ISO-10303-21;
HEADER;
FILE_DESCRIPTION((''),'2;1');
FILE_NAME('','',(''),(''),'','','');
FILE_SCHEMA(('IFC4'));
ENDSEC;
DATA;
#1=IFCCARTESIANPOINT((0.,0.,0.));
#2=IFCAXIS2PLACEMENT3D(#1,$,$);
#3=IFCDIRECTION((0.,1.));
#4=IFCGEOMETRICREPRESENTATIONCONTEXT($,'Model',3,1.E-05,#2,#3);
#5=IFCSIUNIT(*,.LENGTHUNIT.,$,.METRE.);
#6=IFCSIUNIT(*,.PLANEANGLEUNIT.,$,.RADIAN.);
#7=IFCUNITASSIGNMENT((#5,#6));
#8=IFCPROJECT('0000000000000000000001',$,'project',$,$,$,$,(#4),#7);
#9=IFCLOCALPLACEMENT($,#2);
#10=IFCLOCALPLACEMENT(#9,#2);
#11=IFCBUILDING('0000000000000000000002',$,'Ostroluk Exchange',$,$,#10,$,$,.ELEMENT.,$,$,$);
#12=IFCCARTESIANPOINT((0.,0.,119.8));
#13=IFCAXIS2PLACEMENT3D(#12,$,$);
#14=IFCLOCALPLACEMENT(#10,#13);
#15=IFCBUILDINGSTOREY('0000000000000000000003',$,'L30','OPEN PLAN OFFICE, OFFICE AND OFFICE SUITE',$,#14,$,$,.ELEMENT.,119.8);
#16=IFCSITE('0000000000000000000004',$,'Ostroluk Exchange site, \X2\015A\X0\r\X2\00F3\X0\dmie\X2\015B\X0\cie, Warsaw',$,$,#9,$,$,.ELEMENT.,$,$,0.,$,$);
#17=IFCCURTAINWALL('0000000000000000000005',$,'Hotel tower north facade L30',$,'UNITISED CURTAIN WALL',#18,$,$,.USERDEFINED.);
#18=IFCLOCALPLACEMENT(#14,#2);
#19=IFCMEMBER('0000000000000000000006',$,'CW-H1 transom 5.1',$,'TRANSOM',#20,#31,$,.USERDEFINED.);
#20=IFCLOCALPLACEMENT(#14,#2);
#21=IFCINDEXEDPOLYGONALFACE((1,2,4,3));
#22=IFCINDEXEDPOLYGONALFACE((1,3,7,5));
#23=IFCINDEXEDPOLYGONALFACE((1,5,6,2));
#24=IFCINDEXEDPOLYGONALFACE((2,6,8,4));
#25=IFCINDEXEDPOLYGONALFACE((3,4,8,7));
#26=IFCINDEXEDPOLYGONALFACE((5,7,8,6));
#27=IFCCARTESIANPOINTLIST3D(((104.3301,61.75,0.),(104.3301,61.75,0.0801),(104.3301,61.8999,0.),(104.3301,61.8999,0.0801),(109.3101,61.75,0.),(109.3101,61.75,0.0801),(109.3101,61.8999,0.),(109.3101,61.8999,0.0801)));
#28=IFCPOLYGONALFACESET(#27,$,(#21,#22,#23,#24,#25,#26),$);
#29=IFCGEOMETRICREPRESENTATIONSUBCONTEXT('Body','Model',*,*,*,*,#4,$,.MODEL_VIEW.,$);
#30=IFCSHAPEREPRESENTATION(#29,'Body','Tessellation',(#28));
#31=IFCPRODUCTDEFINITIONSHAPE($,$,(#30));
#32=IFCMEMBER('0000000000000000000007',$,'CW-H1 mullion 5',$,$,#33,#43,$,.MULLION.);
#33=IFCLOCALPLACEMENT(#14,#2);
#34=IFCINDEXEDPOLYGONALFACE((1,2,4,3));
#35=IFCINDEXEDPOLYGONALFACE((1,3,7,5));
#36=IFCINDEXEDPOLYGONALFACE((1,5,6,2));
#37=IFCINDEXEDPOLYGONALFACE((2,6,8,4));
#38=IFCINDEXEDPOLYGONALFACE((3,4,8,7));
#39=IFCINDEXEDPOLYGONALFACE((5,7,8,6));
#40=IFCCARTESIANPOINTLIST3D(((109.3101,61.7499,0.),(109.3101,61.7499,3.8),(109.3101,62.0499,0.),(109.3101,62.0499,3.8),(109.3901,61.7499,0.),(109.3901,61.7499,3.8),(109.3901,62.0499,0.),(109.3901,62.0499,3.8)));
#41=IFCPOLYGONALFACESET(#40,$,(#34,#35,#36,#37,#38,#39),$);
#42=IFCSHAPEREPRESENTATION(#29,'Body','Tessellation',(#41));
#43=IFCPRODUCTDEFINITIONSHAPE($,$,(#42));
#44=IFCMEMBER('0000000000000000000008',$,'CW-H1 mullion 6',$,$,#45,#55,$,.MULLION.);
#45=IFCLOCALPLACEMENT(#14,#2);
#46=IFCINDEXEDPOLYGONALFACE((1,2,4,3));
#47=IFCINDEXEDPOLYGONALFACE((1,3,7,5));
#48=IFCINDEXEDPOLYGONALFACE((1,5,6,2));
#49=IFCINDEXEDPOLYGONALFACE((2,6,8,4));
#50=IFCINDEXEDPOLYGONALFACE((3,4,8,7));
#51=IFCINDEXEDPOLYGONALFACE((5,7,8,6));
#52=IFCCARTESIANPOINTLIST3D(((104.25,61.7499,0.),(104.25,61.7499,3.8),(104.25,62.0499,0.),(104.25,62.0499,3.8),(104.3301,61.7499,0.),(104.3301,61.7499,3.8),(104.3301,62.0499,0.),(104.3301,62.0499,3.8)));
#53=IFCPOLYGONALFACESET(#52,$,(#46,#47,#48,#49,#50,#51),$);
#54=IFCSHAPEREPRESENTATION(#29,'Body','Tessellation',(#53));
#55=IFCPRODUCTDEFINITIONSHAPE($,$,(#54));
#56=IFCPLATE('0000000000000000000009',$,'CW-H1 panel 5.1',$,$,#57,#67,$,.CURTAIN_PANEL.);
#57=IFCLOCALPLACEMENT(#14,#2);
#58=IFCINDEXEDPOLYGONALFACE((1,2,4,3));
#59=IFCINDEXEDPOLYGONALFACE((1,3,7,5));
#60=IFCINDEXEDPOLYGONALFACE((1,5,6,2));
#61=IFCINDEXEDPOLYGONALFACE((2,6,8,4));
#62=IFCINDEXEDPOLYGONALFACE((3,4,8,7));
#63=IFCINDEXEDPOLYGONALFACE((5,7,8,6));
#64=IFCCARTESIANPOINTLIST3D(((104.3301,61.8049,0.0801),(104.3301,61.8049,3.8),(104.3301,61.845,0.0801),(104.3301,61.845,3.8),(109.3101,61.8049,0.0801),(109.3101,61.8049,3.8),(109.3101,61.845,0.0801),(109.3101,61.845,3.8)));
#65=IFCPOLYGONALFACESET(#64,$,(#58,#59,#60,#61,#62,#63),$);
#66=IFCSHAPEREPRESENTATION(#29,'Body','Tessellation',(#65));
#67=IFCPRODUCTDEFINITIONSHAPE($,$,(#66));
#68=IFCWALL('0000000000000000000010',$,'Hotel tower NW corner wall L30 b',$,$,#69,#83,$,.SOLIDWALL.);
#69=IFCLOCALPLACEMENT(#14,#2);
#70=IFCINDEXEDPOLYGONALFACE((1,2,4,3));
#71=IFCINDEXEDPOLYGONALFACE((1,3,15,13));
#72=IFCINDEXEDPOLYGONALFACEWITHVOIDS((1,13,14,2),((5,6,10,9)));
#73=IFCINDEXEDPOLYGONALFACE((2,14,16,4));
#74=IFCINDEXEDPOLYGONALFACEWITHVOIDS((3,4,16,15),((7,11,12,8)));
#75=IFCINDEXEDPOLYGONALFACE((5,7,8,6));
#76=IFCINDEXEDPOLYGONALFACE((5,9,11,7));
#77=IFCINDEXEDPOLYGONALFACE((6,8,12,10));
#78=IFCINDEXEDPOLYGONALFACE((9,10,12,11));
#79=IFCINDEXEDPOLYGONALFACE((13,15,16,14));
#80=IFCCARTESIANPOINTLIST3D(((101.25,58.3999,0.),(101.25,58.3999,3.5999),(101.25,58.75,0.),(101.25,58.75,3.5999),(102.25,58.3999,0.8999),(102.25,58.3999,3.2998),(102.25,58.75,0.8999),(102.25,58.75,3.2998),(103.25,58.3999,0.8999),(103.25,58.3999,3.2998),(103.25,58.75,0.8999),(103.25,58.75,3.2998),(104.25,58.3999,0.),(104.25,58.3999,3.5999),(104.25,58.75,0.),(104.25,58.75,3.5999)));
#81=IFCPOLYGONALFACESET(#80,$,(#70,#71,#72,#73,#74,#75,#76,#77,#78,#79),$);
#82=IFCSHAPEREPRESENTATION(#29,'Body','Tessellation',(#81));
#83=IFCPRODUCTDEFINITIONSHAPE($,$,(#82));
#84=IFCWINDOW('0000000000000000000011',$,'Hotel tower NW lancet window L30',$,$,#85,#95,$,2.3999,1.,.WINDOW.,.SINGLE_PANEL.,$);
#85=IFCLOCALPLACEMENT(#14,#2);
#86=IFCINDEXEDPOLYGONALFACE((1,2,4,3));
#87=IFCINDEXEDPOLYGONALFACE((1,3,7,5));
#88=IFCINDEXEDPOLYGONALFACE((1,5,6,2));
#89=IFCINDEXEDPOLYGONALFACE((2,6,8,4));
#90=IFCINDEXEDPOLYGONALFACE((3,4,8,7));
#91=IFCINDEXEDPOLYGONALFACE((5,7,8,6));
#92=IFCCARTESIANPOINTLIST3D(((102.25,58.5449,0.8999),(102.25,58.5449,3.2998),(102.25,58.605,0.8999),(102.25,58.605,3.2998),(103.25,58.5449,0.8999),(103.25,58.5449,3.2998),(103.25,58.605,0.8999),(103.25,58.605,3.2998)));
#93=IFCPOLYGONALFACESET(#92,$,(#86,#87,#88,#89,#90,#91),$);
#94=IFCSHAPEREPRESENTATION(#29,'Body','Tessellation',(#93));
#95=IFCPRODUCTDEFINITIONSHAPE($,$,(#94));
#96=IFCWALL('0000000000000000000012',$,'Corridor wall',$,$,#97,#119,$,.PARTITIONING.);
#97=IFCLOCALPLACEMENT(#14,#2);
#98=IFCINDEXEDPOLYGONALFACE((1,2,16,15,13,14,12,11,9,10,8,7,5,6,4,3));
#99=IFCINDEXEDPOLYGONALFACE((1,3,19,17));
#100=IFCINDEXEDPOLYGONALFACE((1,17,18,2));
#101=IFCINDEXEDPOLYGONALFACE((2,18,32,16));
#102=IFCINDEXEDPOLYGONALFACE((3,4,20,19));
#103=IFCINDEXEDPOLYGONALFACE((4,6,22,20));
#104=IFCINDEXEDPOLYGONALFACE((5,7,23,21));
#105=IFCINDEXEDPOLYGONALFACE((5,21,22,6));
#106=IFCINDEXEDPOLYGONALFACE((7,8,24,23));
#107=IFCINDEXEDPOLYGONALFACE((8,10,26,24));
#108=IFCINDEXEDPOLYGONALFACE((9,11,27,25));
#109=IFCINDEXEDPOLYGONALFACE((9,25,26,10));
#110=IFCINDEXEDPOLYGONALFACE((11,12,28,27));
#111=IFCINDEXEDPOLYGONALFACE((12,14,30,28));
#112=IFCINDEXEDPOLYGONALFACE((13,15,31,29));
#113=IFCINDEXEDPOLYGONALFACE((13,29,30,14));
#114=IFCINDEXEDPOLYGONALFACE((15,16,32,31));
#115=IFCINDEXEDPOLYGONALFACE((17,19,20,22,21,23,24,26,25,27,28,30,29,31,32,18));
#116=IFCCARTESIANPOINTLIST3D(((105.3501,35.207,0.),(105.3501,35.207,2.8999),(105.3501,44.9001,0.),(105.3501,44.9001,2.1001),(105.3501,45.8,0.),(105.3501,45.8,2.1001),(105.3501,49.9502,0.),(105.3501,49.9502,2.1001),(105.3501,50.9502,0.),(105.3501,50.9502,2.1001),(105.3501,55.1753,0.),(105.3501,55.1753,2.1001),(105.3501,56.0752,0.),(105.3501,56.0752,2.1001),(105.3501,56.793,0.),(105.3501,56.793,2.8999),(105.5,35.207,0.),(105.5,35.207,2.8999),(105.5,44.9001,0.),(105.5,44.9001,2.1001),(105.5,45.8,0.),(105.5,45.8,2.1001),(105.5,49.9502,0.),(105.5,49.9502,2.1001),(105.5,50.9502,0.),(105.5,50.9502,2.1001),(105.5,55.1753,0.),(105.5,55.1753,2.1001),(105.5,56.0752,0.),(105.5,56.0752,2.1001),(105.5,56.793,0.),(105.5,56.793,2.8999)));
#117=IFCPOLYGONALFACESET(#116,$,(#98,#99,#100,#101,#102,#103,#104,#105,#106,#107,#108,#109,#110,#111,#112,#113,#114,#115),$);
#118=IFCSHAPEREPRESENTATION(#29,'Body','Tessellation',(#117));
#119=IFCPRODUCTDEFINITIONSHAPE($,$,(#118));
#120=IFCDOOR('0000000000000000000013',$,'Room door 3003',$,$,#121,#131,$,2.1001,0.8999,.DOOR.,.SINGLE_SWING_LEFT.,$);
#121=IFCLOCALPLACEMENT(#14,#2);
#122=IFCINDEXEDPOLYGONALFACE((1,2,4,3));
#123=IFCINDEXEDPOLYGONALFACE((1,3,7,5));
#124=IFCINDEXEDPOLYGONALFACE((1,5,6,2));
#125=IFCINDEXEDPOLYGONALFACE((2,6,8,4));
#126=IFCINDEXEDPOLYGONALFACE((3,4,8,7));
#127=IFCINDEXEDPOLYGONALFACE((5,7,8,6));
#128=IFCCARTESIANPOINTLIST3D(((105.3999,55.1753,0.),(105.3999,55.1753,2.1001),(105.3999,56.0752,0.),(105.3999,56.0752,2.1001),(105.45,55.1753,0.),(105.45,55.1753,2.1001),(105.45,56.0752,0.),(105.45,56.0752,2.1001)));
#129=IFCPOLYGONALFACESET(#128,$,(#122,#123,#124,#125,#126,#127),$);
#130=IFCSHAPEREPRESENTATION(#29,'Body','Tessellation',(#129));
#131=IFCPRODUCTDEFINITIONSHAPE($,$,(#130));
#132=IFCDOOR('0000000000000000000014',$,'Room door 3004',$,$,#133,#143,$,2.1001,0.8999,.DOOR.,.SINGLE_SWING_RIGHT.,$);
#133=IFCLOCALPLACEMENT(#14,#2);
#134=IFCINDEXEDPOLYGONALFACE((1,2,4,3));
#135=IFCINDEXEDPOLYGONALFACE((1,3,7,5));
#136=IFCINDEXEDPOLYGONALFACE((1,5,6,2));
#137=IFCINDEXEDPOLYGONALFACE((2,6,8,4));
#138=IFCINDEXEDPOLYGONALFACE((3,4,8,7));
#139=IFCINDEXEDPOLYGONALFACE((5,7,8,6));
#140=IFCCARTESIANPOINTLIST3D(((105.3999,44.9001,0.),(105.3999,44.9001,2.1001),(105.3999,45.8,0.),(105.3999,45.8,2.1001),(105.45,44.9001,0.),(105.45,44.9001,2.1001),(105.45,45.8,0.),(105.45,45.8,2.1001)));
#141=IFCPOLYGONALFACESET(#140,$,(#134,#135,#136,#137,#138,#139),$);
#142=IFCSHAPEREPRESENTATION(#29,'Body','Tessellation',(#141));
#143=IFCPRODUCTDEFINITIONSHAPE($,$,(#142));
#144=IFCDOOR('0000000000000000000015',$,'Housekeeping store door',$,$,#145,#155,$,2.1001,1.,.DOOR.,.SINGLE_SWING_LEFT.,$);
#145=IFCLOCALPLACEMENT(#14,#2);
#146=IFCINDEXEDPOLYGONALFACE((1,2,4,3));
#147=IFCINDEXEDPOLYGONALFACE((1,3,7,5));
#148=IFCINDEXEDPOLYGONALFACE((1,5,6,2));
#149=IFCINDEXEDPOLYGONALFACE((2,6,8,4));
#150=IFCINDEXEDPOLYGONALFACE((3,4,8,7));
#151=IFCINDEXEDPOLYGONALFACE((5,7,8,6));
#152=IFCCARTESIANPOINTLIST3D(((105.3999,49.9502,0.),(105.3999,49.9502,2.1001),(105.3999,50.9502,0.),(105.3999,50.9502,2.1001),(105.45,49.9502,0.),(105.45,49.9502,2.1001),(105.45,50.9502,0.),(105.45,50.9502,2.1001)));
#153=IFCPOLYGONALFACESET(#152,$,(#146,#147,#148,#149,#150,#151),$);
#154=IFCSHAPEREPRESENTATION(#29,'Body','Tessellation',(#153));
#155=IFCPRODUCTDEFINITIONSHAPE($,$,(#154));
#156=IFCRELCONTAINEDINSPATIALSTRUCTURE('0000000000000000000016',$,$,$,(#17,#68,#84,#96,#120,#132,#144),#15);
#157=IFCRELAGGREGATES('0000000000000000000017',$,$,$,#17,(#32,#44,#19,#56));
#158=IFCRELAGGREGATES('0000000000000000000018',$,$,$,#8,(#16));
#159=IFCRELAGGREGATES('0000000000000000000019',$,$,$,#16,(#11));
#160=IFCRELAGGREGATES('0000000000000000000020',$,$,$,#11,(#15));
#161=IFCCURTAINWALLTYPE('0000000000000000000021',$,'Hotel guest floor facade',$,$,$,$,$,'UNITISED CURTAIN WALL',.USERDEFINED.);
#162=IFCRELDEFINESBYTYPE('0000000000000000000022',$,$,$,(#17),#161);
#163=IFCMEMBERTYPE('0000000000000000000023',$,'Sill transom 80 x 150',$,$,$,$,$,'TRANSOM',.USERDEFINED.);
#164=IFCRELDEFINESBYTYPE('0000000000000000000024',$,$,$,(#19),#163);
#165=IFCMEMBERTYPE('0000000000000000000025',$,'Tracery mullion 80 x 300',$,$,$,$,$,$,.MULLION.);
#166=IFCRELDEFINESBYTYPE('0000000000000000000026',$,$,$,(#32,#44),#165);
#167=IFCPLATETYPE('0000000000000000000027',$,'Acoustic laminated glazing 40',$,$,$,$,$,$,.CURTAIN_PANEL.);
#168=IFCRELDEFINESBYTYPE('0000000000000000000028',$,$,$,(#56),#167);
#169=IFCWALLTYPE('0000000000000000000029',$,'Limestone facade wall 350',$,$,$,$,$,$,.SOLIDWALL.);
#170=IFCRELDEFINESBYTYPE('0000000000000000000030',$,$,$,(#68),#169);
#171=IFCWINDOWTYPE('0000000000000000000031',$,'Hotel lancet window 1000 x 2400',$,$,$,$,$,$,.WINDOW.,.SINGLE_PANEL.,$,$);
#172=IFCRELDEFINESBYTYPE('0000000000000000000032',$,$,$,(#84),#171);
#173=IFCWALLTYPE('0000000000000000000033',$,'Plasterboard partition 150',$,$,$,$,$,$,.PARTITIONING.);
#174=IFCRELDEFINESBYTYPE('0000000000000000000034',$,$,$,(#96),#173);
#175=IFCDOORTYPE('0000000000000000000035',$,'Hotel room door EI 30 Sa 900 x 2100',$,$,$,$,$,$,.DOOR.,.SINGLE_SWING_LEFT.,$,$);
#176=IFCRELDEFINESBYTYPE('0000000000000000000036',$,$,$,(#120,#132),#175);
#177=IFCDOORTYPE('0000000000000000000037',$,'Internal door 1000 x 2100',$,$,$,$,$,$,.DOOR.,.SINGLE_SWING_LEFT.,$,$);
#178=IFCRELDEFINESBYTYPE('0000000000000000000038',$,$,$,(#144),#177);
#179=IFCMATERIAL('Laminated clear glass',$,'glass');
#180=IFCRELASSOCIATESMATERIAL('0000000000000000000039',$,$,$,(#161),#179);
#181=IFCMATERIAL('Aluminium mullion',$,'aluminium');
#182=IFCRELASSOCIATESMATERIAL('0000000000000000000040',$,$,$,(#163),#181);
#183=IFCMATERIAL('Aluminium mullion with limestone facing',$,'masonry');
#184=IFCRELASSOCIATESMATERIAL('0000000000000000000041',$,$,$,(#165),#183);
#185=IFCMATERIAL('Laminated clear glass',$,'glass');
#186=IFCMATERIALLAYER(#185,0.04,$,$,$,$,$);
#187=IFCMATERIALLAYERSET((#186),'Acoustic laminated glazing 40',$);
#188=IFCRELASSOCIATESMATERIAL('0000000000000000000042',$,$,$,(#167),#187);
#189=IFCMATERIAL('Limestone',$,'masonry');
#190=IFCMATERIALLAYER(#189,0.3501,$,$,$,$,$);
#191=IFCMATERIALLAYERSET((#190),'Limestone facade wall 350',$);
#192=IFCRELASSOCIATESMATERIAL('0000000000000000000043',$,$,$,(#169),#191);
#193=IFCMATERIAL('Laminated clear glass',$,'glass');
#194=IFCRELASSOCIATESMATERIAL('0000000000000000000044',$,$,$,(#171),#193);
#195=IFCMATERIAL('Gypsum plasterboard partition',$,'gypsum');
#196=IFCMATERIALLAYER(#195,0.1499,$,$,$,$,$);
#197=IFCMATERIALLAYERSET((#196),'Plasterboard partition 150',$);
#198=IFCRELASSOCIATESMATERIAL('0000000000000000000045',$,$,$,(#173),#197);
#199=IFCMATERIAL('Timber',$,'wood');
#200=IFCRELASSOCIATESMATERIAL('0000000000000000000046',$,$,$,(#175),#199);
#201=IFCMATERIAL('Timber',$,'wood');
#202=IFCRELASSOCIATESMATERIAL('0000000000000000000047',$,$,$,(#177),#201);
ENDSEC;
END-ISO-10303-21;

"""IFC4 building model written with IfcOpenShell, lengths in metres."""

from ifc_helpers import new_model, si_unit, direction, frame, frame_2d, origin, origin_2d, place, context, subcontext, project, spatial, rectangle, extrude, material, layer, layer_set, material_profile, profile_set, type_object, element, fill, aggregate, save


model = new_model("IFC4")

# Units and contexts
model_context = context("Model", 3, precision=1e-05, world=origin(), true_north=direction((0.0, 1.0)))
body_context = subcontext(model_context, "Body", "Model", "MODEL_VIEW")
ifc_project = project(units=[si_unit("LENGTHUNIT", "METRE"), si_unit("PLANEANGLEUNIT", "RADIAN")], contexts=[model_context])

# Site, building, storey
site_placement = place(None, origin())
site = spatial("IfcSite", under=ifc_project, at=site_placement, Name="Ostroluk Exchange site, Śródmieście, Warsaw", CompositionType="ELEMENT", RefElevation=0.0)
building_placement = place(site_placement, origin())
building = spatial("IfcBuilding", under=site, at=building_placement, Name="Ostroluk Exchange", CompositionType="ELEMENT")
storey_placement = place(building_placement, frame((0.0, 0.0, 119.8)))
storey = spatial("IfcBuildingStorey", under=building, at=storey_placement, Name="L30", Description="OPEN PLAN OFFICE, OFFICE AND OFFICE SUITE", CompositionType="ELEMENT", Elevation=119.8)

# Curtain wall, members, plate
ifc_material_1 = material(Name="Laminated clear glass", Category="glass")
curtain_wall_type = type_object("IfcCurtainWallType", Name="Hotel guest floor facade", ElementType="UNITISED CURTAIN WALL", PredefinedType="USERDEFINED", material=ifc_material_1)
curtain_wall_placement = place(storey_placement, origin())
curtain_wall = element("IfcCurtainWall", 1, at=curtain_wall_placement, inside=storey, type_object=curtain_wall_type, Name="Hotel tower north facade L30", ObjectType="UNITISED CURTAIN WALL", PredefinedType="USERDEFINED")
ifc_material_2 = material(Name="Aluminium mullion", Category="aluminium")
ifc_material_profile_1 = material_profile(ifc_material_2, rectangle(XDim=0.1499, YDim=0.0801, at=origin_2d()), Name="Sill transom 80 x 150")
ifc_profile_set_1 = profile_set([ifc_material_profile_1], Name="Aluminium mullion")
member_type_1 = type_object("IfcMemberType", Name="Sill transom 80 x 150", ElementType="TRANSOM", PredefinedType="USERDEFINED", material=ifc_profile_set_1)
member_1_placement = place(storey_placement, frame((109.3101, 61.825, 0.04), z_axis=(-1.0, 0.0, 0.0), x_axis=(0.0, -1.0, 0.0)))
member_1 = element("IfcMember", 2, at=member_1_placement, type_object=member_type_1, Name="CW-H1 transom 5.1", ObjectType="TRANSOM", PredefinedType="USERDEFINED", context=body_context, shape_type="SweptSolid", body=[
    extrude(rectangle(XDim=0.1499, YDim=0.0801, at=origin_2d()), origin(), (0.0, 0.0, 1.0), 4.98),
])
ifc_material_3 = material(Name="Aluminium mullion with limestone facing", Category="masonry")
ifc_material_profile_2 = material_profile(ifc_material_3, rectangle(XDim=0.3, YDim=0.0801, at=origin_2d()), Name="Tracery mullion 80 x 300")
ifc_profile_set_2 = profile_set([ifc_material_profile_2], Name="Aluminium mullion with limestone facing")
member_type_2 = type_object("IfcMemberType", Name="Tracery mullion 80 x 300", PredefinedType="MULLION", material=ifc_profile_set_2)
member_2_placement = place(storey_placement, frame((109.3501, 61.8999, 0.0), z_axis=(0.0, 0.0, 1.0), x_axis=(0.0, -1.0, 0.0)))
member_2 = element("IfcMember", 3, at=member_2_placement, type_object=member_type_2, Name="CW-H1 mullion 5", PredefinedType="MULLION", context=body_context, shape_type="SweptSolid", body=[
    extrude(rectangle(XDim=0.3, YDim=0.0801, at=origin_2d()), origin(), (0.0, 0.0, 1.0), 3.8),
])
member_3_placement = place(storey_placement, frame((104.29, 61.8999, 0.0), z_axis=(0.0, 0.0, 1.0), x_axis=(0.0, -1.0, 0.0)))
member_3 = element("IfcMember", 4, at=member_3_placement, type_object=member_type_2, Name="CW-H1 mullion 6", PredefinedType="MULLION", context=body_context, shape_type="SweptSolid", body=[
    extrude(rectangle(XDim=0.3, YDim=0.0801, at=origin_2d()), origin(), (0.0, 0.0, 1.0), 3.8),
])
ifc_material_4 = material(Name="Laminated clear glass", Category="glass")
ifc_layer_1 = layer(ifc_material_4, 0.04)
ifc_layer_set_1 = layer_set([ifc_layer_1], Name="Acoustic laminated glazing 40")
plate_type = type_object("IfcPlateType", Name="Acoustic laminated glazing 40", PredefinedType="CURTAIN_PANEL", material=ifc_layer_set_1)
plate_placement = place(storey_placement, frame((106.8201, 61.825, 0.0801), z_axis=(0.0, 0.0, 1.0), x_axis=(-1.0, 0.0, 0.0)))
plate = element("IfcPlate", 5, at=plate_placement, type_object=plate_type, Name="CW-H1 panel 5.1", PredefinedType="CURTAIN_PANEL", context=body_context, shape_type="SweptSolid", body=[
    extrude(rectangle(XDim=4.98, YDim=0.04, at=origin_2d()), origin(), (0.0, 0.0, 1.0), 3.72),
])
aggregate(curtain_wall, [member_2, member_3, member_1, plate])

# Shared definitions
ifc_material_5 = material(Name="Limestone", Category="masonry")
ifc_layer_2 = layer(ifc_material_5, 0.3501)
ifc_layer_set_2 = layer_set([ifc_layer_2], Name="Limestone facade wall 350")
wall_type_1 = type_object("IfcWallType", Name="Limestone facade wall 350", PredefinedType="SOLIDWALL", material=ifc_layer_set_2)

# Wall, opening, window
wall_1_placement = place(storey_placement, frame((104.25, 58.575, 0.0), z_axis=(0.0, 0.0, 1.0), x_axis=(-1.0, 0.0, 0.0)))
wall_1 = element("IfcWall", 6, at=wall_1_placement, inside=storey, type_object=wall_type_1, Name="Hotel tower NW corner wall L30 b", PredefinedType="SOLIDWALL", context=body_context, shape_type="SweptSolid", body=[
    extrude(rectangle(XDim=3.0, YDim=0.3501, at=frame_2d((1.5, 0.0))), origin(), (0.0, 0.0, 1.0), 3.5999),
])
opening_1_placement = place(wall_1_placement, frame((1.0, 0.0, 0.8999)))
opening_1 = element("IfcOpeningElement", 7, at=opening_1_placement, cuts=wall_1, PredefinedType="OPENING", context=body_context, shape_type="SweptSolid", body=[
    extrude(rectangle(XDim=1.0, YDim=2.3999, at=frame_2d((0.5, 1.2))), frame((0.0, 0.1851, 0.0), z_axis=(0.0, -1.0, 0.0), x_axis=(1.0, 0.0, 0.0)), (0.0, 0.0, 1.0), 0.3701),
])
ifc_material_6 = material(Name="Laminated clear glass", Category="glass")
window_type = type_object("IfcWindowType", Name="Hotel lancet window 1000 x 2400", PartitioningType="SINGLE_PANEL", PredefinedType="WINDOW", material=ifc_material_6)
window_placement = place(opening_1_placement, origin())
window = element("IfcWindow", 8, at=window_placement, inside=storey, type_object=window_type, Name="Hotel tower NW lancet window L30", OverallHeight=2.3999, OverallWidth=1.0, PartitioningType="SINGLE_PANEL", PredefinedType="WINDOW", context=body_context, shape_type="SweptSolid", body=[
    extrude(rectangle(XDim=1.0, YDim=2.3999, at=frame_2d((0.5, 1.2))), frame((0.0, 0.03, 0.0), z_axis=(0.0, -1.0, 0.0), x_axis=(1.0, 0.0, 0.0)), (0.0, 0.0, 1.0), 0.0601),
])
fill(opening_1, window)

# Wall, openings, doors
ifc_material_7 = material(Name="Gypsum plasterboard partition", Category="gypsum")
ifc_layer_3 = layer(ifc_material_7, 0.1499)
ifc_layer_set_3 = layer_set([ifc_layer_3], Name="Plasterboard partition 150")
wall_type_2 = type_object("IfcWallType", Name="Plasterboard partition 150", PredefinedType="PARTITIONING", material=ifc_layer_set_3)
wall_2_placement = place(storey_placement, frame((105.425, 56.793, 0.0), z_axis=(0.0, 0.0, 1.0), x_axis=(0.0, -1.0, 0.0)))
wall_2 = element("IfcWall", 9, at=wall_2_placement, inside=storey, type_object=wall_type_2, Name="Corridor wall", PredefinedType="PARTITIONING", context=body_context, shape_type="SweptSolid", body=[
    extrude(rectangle(XDim=21.5859, YDim=0.1499, at=frame_2d((10.793, 0.0))), origin(), (0.0, 0.0, 1.0), 2.8999),
])
opening_2_placement = place(wall_2_placement, frame((0.7178, 0.0, 0.0)))
opening_2 = element("IfcOpeningElement", 10, at=opening_2_placement, cuts=wall_2, PredefinedType="OPENING", context=body_context, shape_type="SweptSolid", body=[
    extrude(rectangle(XDim=0.8999, YDim=2.1001, at=frame_2d((0.45, 1.05))), frame((0.0, 0.085, 0.0), z_axis=(0.0, -1.0, 0.0), x_axis=(1.0, 0.0, 0.0)), (0.0, 0.0, 1.0), 0.1699),
])
opening_3_placement = place(wall_2_placement, frame((5.8428, 0.0, 0.0)))
opening_3 = element("IfcOpeningElement", 11, at=opening_3_placement, cuts=wall_2, PredefinedType="OPENING", context=body_context, shape_type="SweptSolid", body=[
    extrude(rectangle(XDim=1.0, YDim=2.1001, at=frame_2d((0.5, 1.05))), frame((0.0, 0.085, 0.0), z_axis=(0.0, -1.0, 0.0), x_axis=(1.0, 0.0, 0.0)), (0.0, 0.0, 1.0), 0.1699),
])
opening_4_placement = place(wall_2_placement, frame((10.9929, 0.0, 0.0)))
opening_4 = element("IfcOpeningElement", 12, at=opening_4_placement, cuts=wall_2, PredefinedType="OPENING", context=body_context, shape_type="SweptSolid", body=[
    extrude(rectangle(XDim=0.8999, YDim=2.1001, at=frame_2d((0.45, 1.05))), frame((0.0, 0.085, 0.0), z_axis=(0.0, -1.0, 0.0), x_axis=(1.0, 0.0, 0.0)), (0.0, 0.0, 1.0), 0.1699),
])
ifc_material_8 = material(Name="Timber", Category="wood")
door_type_1 = type_object("IfcDoorType", Name="Hotel room door EI 30 Sa 900 x 2100", OperationType="SINGLE_SWING_LEFT", PredefinedType="DOOR", material=ifc_material_8)
door_1_placement = place(opening_2_placement, origin())
door_1 = element("IfcDoor", 13, at=door_1_placement, inside=storey, type_object=door_type_1, Name="Room door 3003", OperationType="SINGLE_SWING_LEFT", OverallHeight=2.1001, OverallWidth=0.8999, PredefinedType="DOOR", context=body_context, shape_type="SweptSolid", body=[
    extrude(rectangle(XDim=0.8999, YDim=2.1001, at=frame_2d((0.45, 1.05))), frame((0.0, 0.0249, 0.0), z_axis=(0.0, -1.0, 0.0), x_axis=(1.0, 0.0, 0.0)), (0.0, 0.0, 1.0), 0.05),
])
fill(opening_2, door_1)
door_2_placement = place(opening_4_placement, origin())
door_2 = element("IfcDoor", 14, at=door_2_placement, inside=storey, type_object=door_type_1, Name="Room door 3004", OperationType="SINGLE_SWING_RIGHT", OverallHeight=2.1001, OverallWidth=0.8999, PredefinedType="DOOR", context=body_context, shape_type="SweptSolid", body=[
    extrude(rectangle(XDim=0.8999, YDim=2.1001, at=frame_2d((0.45, 1.05))), frame((0.0, 0.0249, 0.0), z_axis=(0.0, -1.0, 0.0), x_axis=(1.0, 0.0, 0.0)), (0.0, 0.0, 1.0), 0.05),
])
fill(opening_4, door_2)
ifc_material_9 = material(Name="Timber", Category="wood")
door_type_2 = type_object("IfcDoorType", Name="Internal door 1000 x 2100", OperationType="SINGLE_SWING_LEFT", PredefinedType="DOOR", material=ifc_material_9)
door_3_placement = place(opening_3_placement, origin())
door_3 = element("IfcDoor", 15, at=door_3_placement, inside=storey, type_object=door_type_2, Name="Housekeeping store door", OperationType="SINGLE_SWING_LEFT", OverallHeight=2.1001, OverallWidth=1.0, PredefinedType="DOOR", context=body_context, shape_type="SweptSolid", body=[
    extrude(rectangle(XDim=1.0, YDim=2.1001, at=frame_2d((0.5, 1.05))), frame((0.0, 0.0249, 0.0), z_axis=(0.0, -1.0, 0.0), x_axis=(1.0, 0.0, 0.0)), (0.0, 0.0, 1.0), 0.05),
])
fill(opening_3, door_3)

save(model, "model.ifc")
